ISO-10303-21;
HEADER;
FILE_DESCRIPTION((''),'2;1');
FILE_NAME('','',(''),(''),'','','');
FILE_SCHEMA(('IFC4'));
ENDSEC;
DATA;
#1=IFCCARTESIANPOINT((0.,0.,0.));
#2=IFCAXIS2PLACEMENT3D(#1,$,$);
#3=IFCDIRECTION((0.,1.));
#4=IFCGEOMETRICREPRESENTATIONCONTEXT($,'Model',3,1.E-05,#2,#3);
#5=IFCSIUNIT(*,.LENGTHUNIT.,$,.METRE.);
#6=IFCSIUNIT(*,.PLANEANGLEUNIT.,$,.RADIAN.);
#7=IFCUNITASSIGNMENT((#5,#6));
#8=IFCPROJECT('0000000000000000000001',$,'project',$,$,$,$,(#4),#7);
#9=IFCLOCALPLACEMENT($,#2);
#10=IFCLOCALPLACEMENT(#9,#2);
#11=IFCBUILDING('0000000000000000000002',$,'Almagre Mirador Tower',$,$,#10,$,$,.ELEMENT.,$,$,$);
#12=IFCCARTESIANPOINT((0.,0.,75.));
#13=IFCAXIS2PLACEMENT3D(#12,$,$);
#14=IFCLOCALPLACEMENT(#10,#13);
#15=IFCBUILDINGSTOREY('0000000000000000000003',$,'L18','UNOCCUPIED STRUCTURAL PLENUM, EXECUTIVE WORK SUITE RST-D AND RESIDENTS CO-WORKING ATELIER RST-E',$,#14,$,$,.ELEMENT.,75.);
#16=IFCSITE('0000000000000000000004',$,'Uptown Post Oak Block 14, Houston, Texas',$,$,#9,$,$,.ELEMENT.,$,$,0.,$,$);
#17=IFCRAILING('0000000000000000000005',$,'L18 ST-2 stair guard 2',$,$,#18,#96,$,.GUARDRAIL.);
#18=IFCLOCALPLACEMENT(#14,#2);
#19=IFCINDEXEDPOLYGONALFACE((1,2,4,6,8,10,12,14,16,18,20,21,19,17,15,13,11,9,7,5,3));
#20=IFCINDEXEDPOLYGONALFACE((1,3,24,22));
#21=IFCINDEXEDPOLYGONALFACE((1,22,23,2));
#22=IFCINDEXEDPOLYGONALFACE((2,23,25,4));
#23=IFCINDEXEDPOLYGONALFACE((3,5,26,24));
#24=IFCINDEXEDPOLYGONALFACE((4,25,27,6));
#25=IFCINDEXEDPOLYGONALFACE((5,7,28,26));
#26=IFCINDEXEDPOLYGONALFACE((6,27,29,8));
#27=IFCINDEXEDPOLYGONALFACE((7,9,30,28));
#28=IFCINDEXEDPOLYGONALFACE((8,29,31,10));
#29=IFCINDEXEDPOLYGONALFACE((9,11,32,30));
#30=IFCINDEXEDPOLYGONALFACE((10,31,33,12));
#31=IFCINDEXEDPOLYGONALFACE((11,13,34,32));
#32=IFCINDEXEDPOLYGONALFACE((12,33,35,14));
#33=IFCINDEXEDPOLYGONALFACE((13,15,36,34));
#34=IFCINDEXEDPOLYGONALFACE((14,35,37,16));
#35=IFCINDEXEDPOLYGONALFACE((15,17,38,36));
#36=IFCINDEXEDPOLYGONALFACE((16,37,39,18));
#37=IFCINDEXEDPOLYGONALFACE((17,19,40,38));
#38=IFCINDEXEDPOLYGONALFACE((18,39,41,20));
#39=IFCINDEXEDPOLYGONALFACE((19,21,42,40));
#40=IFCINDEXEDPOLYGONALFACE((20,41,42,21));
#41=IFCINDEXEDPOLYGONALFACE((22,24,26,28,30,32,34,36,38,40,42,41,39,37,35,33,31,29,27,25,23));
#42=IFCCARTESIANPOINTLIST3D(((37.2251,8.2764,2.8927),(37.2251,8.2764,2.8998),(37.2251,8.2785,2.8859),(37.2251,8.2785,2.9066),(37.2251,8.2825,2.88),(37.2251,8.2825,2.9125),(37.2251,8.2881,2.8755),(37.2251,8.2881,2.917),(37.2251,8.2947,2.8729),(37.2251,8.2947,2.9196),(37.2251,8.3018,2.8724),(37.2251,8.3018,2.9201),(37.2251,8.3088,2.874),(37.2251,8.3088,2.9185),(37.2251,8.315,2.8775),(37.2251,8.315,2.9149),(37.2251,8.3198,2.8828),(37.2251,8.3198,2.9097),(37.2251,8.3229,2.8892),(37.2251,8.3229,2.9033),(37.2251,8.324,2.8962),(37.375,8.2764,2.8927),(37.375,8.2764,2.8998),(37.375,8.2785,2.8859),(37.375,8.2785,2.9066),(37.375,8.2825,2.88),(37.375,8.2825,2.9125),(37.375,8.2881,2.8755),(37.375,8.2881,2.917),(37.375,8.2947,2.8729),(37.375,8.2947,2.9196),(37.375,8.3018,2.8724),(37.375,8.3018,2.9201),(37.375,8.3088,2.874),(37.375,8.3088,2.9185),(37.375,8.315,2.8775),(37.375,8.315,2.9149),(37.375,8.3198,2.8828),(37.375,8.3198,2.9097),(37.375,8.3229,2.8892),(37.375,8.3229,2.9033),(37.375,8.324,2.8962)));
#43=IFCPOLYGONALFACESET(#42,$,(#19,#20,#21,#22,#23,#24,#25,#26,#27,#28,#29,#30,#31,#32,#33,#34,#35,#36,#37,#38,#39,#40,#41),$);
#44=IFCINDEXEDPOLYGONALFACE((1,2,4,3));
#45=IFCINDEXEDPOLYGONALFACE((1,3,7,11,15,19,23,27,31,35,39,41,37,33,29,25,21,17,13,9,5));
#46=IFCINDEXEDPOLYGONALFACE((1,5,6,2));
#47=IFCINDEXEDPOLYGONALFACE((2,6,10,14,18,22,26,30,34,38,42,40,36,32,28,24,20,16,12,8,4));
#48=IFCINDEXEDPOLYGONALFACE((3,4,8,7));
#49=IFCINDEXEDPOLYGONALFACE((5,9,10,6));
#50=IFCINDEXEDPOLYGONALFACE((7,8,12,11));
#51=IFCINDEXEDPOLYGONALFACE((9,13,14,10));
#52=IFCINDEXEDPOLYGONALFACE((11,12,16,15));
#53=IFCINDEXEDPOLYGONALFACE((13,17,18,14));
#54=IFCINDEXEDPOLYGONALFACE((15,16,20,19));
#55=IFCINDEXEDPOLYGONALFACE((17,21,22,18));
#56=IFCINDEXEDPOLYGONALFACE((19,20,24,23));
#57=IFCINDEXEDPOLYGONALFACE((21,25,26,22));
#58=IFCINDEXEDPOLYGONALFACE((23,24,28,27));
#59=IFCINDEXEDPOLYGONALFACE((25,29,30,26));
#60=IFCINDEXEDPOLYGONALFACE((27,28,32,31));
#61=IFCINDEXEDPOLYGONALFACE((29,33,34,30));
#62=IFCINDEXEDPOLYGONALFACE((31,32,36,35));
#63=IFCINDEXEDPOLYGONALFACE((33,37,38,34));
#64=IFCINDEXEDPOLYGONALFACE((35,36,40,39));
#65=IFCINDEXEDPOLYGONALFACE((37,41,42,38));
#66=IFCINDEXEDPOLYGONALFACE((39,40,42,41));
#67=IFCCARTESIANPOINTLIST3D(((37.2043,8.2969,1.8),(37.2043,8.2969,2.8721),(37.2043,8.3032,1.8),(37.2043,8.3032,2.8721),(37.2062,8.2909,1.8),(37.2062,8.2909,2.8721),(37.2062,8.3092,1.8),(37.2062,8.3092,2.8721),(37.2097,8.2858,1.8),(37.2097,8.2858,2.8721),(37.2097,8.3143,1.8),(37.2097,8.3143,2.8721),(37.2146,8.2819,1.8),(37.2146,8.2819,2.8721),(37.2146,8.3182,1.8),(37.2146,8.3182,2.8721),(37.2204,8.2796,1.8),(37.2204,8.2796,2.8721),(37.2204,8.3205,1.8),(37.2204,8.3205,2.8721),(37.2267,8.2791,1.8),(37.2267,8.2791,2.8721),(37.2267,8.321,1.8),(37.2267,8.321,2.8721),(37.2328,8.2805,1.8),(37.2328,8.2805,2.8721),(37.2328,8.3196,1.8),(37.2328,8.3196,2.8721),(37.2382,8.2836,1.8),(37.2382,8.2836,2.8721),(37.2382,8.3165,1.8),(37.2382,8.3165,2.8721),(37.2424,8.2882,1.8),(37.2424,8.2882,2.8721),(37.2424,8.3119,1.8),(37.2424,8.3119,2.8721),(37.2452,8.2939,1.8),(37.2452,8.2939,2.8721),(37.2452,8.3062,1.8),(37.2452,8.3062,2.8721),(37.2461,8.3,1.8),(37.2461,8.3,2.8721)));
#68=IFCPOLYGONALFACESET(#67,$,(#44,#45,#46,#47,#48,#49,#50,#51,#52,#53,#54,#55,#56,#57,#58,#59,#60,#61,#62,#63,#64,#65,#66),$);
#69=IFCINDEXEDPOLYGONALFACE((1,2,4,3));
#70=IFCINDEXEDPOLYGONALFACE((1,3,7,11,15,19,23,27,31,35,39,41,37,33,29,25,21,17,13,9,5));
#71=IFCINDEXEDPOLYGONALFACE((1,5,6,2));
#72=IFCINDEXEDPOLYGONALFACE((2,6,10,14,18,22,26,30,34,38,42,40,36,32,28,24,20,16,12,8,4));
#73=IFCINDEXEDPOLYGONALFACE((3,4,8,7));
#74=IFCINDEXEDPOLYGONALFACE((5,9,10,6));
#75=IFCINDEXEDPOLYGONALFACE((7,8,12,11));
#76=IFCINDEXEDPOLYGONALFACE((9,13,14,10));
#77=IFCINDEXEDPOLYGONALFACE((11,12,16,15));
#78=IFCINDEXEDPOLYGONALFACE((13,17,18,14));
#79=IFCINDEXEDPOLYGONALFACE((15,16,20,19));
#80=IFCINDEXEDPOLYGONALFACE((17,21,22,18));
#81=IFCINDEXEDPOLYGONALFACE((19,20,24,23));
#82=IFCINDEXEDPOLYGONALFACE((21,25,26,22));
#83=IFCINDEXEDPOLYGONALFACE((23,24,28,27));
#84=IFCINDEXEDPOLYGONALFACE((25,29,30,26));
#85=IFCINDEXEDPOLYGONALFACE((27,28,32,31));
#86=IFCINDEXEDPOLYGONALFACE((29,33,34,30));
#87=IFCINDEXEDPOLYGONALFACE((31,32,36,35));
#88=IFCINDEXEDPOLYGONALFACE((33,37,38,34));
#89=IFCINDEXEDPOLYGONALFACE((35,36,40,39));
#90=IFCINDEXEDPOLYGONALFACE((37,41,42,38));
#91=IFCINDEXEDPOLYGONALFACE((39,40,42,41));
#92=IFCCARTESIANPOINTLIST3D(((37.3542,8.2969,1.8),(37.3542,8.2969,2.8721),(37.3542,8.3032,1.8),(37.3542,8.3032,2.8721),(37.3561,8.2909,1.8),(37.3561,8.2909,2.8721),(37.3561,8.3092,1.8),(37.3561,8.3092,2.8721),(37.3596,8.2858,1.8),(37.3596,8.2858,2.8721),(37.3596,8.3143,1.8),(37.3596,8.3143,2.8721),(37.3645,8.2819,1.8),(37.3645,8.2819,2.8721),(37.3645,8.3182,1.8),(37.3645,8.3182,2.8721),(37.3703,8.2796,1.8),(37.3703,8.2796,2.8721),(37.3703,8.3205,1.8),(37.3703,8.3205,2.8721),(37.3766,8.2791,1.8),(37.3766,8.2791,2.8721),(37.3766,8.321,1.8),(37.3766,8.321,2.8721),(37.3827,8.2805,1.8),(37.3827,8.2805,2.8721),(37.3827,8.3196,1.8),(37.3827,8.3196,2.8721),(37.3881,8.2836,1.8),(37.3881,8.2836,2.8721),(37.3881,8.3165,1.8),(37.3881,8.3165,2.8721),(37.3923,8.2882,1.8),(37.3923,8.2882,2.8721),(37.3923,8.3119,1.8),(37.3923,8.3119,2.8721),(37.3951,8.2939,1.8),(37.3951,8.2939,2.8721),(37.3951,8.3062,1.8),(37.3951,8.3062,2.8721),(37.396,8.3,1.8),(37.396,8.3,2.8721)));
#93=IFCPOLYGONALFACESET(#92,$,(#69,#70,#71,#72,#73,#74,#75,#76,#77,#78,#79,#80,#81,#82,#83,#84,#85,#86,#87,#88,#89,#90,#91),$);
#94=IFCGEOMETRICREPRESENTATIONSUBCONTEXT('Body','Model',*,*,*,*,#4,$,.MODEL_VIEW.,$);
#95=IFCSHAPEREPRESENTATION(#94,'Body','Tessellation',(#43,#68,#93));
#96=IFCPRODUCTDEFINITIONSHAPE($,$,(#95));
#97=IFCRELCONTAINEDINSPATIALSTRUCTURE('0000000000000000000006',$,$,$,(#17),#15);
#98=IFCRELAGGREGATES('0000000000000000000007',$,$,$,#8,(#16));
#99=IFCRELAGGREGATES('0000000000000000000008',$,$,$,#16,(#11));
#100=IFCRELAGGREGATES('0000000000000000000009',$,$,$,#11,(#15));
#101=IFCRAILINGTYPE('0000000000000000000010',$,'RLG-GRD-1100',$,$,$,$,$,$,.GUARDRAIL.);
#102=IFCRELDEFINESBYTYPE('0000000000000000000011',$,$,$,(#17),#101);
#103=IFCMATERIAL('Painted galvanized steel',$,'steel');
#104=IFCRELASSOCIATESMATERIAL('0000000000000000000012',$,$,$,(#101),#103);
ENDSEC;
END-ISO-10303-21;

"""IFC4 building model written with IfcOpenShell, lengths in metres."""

from ifc_helpers import new_model, si_unit, direction, frame, origin, origin_2d, place, context, subcontext, project, spatial, circle, extrude, material, type_object, element, save


model = new_model("IFC4")

# Units and contexts
model_context = context("Model", 3, precision=1e-05, world=origin(), true_north=direction((0.0, 1.0)))
body_context = subcontext(model_context, "Body", "Model", "MODEL_VIEW")
ifc_project = project(units=[si_unit("LENGTHUNIT", "METRE"), si_unit("PLANEANGLEUNIT", "RADIAN")], contexts=[model_context])

# Site, building, storey
site_placement = place(None, origin())
site = spatial("IfcSite", under=ifc_project, at=site_placement, Name="Uptown Post Oak Block 14, Houston, Texas", CompositionType="ELEMENT", RefElevation=0.0)
building_placement = place(site_placement, origin())
building = spatial("IfcBuilding", under=site, at=building_placement, Name="Almagre Mirador Tower", CompositionType="ELEMENT")
storey_placement = place(building_placement, frame((0.0, 0.0, 75.0)))
storey = spatial("IfcBuildingStorey", under=building, at=storey_placement, Name="L18", Description="UNOCCUPIED STRUCTURAL PLENUM, EXECUTIVE WORK SUITE RST-D AND RESIDENTS CO-WORKING ATELIER RST-E", CompositionType="ELEMENT", Elevation=75.0)

# Railing
ifc_material_1 = material(Name="Painted galvanized steel", Category="steel")
railing_type_1 = type_object("IfcRailingType", Name="RLG-GRD-1100", PredefinedType="GUARDRAIL", material=ifc_material_1)
railing_1_placement = place(storey_placement, frame((37.2251, 8.3, 1.8)))
element("IfcRailing", 1, at=railing_1_placement, inside=storey, type_object=railing_type_1, Name="L18 ST-2 stair guard 2", PredefinedType="GUARDRAIL", context=body_context, shape_type="SweptSolid", body=[
    extrude(circle(Radius=0.0239, at=origin_2d()), frame((0.0, 0.0, 1.0962), z_axis=(1.0, 0.0, 0.0), x_axis=(0.0, 1.0, 0.0)), (0.0, 0.0, 1.0), 0.1499),
    extrude(circle(Radius=0.021, at=origin_2d()), origin(), (0.0, 0.0, 1.0), 1.072),
    extrude(circle(Radius=0.021, at=origin_2d()), frame((0.1499, 0.0, 0.0)), (0.0, 0.0, 1.0), 1.072),
])

save(model, "model.ifc")
